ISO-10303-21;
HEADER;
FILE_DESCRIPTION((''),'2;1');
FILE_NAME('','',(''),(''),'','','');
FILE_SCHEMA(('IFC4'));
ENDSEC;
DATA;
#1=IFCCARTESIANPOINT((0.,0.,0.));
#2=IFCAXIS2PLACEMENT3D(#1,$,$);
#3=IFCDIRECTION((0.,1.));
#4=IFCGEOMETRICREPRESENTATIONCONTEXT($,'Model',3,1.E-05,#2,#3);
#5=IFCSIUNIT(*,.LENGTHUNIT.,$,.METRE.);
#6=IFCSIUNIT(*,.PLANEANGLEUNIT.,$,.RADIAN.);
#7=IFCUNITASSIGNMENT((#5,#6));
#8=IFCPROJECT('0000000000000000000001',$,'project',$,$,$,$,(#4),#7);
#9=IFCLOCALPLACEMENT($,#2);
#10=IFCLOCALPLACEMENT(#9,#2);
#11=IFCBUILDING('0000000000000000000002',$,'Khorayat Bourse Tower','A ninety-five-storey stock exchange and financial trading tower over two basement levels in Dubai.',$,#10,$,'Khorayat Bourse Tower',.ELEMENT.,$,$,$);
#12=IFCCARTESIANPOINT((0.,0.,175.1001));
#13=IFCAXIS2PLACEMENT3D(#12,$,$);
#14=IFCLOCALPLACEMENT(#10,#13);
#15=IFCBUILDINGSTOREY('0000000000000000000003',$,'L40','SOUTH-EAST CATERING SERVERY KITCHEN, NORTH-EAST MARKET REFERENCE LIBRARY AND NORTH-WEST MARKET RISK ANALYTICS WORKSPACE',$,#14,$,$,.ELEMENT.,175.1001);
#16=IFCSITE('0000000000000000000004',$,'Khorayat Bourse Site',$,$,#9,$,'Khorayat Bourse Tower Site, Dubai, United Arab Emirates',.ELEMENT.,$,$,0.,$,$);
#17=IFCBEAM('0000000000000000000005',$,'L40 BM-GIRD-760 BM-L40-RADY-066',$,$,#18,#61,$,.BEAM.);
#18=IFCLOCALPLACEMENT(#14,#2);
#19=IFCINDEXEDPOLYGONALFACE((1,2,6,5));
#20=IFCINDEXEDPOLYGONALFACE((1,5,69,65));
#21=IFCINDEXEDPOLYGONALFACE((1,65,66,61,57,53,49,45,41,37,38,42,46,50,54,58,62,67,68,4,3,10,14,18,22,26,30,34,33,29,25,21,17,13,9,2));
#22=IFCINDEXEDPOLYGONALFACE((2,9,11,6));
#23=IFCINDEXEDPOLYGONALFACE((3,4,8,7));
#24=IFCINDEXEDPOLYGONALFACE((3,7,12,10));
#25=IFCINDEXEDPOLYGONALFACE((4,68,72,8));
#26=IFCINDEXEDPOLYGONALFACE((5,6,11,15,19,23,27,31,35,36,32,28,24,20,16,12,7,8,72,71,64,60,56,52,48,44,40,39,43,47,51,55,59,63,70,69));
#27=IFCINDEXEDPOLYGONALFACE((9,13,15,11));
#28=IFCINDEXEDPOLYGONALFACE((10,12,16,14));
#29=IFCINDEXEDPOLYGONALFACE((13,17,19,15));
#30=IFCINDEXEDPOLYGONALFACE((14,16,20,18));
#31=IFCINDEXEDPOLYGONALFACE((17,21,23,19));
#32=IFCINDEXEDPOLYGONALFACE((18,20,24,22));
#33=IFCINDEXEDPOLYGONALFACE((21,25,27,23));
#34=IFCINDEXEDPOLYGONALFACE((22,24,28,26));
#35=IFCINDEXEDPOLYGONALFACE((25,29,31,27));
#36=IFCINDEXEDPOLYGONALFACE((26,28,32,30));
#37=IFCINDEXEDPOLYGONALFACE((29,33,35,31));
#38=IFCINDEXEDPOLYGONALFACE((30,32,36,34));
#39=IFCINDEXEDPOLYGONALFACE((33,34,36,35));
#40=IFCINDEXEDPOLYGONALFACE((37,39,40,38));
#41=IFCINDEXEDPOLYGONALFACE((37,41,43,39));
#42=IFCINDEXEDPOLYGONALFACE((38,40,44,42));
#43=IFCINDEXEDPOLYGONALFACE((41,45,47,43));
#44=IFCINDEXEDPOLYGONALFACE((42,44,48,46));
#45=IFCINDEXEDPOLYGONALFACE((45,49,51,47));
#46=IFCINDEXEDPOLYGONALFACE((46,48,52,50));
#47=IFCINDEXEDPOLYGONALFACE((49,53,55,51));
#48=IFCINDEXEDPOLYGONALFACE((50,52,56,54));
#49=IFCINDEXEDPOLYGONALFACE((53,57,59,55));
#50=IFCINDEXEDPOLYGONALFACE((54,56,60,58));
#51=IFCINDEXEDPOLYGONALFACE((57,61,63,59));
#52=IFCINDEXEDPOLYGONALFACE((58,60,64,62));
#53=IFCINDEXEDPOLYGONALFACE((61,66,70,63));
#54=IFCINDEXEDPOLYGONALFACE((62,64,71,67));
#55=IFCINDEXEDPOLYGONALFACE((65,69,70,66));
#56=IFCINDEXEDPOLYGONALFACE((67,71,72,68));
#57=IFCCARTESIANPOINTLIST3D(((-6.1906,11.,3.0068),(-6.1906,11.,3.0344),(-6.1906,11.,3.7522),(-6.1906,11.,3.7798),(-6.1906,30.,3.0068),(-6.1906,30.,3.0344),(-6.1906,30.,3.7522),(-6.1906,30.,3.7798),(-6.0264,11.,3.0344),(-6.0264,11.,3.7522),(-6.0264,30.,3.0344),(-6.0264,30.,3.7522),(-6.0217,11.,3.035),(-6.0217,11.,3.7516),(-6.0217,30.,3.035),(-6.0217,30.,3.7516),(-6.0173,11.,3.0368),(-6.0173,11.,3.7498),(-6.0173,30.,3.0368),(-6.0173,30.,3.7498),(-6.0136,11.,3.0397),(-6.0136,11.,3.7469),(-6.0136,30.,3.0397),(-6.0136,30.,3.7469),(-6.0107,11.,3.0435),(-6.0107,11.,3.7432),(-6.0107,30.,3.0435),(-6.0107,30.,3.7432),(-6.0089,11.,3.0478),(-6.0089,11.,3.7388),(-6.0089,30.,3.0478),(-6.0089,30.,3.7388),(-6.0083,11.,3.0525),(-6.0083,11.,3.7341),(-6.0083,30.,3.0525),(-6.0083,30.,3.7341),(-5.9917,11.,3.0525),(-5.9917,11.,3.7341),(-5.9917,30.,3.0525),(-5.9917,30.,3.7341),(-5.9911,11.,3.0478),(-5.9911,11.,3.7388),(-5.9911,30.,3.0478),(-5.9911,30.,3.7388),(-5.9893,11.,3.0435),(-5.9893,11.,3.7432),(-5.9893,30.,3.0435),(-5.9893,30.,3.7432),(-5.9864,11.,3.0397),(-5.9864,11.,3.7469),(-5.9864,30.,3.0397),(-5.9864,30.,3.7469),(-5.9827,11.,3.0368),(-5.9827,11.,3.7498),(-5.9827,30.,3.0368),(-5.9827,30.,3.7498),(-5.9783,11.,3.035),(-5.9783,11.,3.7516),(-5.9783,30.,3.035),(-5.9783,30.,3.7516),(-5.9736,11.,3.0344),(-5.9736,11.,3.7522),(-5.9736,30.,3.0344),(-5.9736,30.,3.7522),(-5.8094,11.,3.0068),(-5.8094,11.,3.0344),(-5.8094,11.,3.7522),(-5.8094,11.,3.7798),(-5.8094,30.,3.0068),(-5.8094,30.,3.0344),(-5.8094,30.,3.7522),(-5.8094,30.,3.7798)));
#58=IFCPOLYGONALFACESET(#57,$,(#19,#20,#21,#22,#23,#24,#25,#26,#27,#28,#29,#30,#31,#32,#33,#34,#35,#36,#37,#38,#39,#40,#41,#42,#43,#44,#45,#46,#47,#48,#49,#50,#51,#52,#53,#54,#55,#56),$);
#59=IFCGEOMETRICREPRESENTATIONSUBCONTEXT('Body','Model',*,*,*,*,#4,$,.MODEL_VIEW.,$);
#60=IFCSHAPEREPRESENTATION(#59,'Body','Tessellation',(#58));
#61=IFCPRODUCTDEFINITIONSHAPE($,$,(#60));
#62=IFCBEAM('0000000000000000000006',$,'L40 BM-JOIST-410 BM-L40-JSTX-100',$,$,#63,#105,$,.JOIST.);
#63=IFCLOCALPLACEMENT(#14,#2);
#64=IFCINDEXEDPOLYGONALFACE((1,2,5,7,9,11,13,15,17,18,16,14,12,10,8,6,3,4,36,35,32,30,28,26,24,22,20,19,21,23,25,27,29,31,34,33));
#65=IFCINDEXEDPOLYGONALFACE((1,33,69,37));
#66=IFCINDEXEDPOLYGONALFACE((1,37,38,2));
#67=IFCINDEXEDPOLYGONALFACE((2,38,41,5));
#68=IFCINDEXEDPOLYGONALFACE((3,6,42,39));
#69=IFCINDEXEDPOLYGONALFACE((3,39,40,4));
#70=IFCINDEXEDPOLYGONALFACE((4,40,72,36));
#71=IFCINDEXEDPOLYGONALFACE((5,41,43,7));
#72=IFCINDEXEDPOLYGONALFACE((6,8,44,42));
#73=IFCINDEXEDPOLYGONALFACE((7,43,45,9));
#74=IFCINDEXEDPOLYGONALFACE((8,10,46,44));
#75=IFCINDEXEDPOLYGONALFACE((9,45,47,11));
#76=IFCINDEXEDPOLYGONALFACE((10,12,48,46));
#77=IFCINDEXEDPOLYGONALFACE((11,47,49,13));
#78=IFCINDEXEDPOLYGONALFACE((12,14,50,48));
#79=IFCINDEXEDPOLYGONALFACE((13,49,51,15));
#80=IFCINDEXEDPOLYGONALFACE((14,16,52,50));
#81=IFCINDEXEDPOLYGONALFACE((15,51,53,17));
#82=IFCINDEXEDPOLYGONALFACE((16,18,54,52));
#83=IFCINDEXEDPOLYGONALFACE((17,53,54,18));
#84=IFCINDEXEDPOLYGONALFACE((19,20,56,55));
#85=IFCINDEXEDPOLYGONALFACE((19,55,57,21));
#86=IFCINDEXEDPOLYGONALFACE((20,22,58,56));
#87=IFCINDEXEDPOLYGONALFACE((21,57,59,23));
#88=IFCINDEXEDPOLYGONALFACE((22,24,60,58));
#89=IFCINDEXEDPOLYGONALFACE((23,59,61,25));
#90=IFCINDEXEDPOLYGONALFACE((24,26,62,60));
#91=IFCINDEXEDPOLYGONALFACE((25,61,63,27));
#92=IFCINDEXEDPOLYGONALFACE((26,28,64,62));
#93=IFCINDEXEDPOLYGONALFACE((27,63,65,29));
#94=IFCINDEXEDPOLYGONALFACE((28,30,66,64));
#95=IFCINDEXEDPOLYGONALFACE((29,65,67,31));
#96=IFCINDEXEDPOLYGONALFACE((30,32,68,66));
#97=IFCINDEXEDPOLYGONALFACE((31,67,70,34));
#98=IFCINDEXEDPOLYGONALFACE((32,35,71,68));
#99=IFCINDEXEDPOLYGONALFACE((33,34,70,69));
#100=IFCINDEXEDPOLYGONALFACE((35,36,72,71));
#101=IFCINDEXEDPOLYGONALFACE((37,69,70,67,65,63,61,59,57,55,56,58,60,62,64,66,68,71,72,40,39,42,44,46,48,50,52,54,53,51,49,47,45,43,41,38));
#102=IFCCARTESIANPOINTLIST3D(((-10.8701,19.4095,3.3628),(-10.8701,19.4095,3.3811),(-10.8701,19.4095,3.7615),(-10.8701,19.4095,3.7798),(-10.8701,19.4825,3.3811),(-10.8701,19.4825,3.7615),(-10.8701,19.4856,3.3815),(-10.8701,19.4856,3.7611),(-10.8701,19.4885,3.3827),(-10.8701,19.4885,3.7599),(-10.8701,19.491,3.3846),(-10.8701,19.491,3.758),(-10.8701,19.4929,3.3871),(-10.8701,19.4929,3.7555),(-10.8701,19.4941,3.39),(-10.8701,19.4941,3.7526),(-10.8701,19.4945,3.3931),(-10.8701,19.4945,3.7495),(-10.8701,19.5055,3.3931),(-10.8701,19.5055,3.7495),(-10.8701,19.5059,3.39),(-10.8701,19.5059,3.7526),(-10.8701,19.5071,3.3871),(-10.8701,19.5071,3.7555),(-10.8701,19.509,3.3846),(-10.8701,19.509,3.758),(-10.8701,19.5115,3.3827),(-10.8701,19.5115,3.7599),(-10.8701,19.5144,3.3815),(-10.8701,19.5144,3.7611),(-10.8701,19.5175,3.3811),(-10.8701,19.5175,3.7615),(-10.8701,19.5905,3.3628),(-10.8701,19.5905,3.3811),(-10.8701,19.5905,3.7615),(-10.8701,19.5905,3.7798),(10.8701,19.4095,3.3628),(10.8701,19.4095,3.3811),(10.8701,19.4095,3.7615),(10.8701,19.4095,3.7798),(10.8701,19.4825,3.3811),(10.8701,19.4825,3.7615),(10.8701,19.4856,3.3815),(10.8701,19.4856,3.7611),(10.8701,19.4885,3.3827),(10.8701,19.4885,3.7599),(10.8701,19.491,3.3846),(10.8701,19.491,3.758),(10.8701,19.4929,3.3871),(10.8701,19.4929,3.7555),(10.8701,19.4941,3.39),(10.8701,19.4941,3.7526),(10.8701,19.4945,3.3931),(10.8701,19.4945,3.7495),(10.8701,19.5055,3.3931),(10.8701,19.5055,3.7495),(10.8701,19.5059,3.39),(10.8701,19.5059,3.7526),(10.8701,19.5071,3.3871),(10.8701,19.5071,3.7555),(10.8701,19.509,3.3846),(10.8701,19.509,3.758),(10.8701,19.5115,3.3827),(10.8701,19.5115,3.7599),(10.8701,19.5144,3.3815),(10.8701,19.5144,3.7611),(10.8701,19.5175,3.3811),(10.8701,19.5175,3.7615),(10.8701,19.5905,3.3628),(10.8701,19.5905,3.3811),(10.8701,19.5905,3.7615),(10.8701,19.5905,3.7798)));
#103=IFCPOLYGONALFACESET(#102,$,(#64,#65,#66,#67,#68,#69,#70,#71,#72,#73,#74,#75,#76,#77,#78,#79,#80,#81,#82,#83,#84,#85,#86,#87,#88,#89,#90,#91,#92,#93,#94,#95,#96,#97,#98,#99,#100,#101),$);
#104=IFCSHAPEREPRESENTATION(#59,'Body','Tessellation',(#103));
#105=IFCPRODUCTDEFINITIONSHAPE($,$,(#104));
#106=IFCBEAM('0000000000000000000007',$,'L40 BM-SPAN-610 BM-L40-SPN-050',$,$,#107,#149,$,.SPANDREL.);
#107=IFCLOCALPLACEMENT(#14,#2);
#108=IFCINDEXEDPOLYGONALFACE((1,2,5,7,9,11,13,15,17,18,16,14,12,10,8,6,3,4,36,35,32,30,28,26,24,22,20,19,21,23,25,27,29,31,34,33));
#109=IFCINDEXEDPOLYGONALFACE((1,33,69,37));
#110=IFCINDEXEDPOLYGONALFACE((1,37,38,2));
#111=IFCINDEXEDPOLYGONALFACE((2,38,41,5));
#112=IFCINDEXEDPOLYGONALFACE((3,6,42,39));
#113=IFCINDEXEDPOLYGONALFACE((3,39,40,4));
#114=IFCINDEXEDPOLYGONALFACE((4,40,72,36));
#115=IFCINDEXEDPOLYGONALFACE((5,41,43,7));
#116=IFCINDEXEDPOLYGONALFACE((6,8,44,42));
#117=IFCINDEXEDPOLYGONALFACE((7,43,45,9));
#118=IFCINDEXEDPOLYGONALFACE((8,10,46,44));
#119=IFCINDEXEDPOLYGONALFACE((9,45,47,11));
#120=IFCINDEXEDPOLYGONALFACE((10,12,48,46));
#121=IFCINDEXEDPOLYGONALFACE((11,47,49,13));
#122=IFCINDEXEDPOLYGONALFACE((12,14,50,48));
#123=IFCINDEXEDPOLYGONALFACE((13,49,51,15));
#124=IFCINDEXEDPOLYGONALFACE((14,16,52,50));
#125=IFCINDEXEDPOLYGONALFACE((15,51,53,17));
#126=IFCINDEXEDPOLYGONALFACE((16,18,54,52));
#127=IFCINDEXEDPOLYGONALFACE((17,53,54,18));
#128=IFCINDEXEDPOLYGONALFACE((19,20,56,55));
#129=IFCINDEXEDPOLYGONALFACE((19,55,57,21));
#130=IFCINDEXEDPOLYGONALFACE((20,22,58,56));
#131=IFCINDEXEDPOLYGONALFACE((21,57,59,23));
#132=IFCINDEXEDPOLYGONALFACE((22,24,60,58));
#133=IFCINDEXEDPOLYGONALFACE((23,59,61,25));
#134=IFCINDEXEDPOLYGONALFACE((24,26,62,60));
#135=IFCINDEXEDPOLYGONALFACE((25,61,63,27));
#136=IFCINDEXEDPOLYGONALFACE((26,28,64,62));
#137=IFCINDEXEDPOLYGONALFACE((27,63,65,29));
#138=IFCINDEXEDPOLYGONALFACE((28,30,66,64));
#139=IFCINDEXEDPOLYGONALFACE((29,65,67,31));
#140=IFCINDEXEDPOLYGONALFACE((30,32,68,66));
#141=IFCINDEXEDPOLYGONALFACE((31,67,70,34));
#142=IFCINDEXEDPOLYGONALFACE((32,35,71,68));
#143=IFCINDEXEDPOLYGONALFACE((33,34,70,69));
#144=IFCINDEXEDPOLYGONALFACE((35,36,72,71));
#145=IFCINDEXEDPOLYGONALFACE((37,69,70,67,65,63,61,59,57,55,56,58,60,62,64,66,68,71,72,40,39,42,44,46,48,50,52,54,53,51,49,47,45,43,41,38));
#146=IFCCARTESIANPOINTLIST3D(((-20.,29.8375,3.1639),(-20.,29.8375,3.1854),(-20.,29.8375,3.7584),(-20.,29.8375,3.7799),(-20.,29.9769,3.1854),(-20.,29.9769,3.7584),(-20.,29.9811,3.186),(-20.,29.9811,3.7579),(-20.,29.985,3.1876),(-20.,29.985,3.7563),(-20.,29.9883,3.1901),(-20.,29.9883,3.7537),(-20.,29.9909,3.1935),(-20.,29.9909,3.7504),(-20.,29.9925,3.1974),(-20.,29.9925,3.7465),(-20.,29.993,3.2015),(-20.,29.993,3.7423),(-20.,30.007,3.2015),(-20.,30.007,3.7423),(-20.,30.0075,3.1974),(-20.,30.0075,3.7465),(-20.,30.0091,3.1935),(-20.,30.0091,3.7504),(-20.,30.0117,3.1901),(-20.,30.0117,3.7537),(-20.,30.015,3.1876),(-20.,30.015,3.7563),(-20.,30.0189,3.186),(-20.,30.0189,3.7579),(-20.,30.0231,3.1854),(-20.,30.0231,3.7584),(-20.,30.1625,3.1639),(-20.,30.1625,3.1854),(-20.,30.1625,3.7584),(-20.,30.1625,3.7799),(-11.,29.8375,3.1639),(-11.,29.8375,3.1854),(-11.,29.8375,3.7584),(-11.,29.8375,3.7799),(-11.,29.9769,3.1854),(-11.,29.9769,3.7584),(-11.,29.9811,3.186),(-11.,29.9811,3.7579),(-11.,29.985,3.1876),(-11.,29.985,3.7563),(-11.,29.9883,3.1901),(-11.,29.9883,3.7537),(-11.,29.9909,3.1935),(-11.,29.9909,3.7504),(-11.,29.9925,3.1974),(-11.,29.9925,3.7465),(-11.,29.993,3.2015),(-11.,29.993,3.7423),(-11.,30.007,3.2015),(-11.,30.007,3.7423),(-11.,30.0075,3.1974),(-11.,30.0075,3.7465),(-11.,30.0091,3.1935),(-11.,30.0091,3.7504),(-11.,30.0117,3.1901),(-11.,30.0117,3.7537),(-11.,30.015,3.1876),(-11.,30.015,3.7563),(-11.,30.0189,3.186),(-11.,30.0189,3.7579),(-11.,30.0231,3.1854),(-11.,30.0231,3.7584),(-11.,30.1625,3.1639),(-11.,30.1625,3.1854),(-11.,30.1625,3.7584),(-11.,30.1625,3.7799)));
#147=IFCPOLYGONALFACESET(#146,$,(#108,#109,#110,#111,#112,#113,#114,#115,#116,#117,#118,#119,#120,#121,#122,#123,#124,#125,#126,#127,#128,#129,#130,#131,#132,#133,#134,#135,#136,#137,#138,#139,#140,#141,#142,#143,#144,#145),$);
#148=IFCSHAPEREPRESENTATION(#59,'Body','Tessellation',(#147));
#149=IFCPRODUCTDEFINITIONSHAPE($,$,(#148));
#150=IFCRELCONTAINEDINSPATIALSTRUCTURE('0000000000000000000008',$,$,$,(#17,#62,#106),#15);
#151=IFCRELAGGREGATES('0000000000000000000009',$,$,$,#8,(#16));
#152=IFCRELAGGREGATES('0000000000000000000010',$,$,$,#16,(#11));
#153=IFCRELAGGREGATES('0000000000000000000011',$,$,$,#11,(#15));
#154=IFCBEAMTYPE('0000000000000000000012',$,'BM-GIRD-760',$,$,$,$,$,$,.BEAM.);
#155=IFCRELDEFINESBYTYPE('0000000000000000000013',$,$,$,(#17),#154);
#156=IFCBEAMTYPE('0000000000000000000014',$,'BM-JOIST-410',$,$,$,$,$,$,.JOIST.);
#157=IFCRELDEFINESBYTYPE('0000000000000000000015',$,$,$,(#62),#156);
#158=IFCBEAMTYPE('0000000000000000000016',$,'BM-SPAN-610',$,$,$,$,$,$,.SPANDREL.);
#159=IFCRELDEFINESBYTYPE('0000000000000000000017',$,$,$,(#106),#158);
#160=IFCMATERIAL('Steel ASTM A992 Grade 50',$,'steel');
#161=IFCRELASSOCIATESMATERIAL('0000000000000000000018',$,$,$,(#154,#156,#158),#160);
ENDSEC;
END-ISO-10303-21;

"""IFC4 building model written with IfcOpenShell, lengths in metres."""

from ifc_helpers import new_model, si_unit, direction, frame, origin, origin_2d, place, context, subcontext, project, spatial, i_section, extrude, source, transform, mapped, material, material_profile, profile_set, type_object, element, save


model = new_model("IFC4")

# Units and contexts
model_context = context("Model", 3, precision=1e-05, world=origin(), true_north=direction((0.0, 1.0)))
body_context = subcontext(model_context, "Body", "Model", "MODEL_VIEW")
ifc_project = project(units=[si_unit("LENGTHUNIT", "METRE"), si_unit("PLANEANGLEUNIT", "RADIAN")], contexts=[model_context])

# Site, building, storey
site_placement = place(None, origin())
site = spatial("IfcSite", under=ifc_project, at=site_placement, Name="Khorayat Bourse Site", LongName="Khorayat Bourse Tower Site, Dubai, United Arab Emirates", CompositionType="ELEMENT", RefElevation=0.0)
building_placement = place(site_placement, origin())
building = spatial("IfcBuilding", under=site, at=building_placement, Name="Khorayat Bourse Tower", Description="A ninety-five-storey stock exchange and financial trading tower over two basement levels in Dubai.", LongName="Khorayat Bourse Tower", CompositionType="ELEMENT")
storey_placement = place(building_placement, frame((0.0, 0.0, 175.1001)))
storey = spatial("IfcBuildingStorey", under=building, at=storey_placement, Name="L40", Description="SOUTH-EAST CATERING SERVERY KITCHEN, NORTH-EAST MARKET REFERENCE LIBRARY AND NORTH-WEST MARKET RISK ANALYTICS WORKSPACE", CompositionType="ELEMENT", Elevation=175.1001)

# Beams
ifc_material_1 = material(Name="Steel ASTM A992 Grade 50", Category="steel")
ifc_material_profile_1 = material_profile(ifc_material_1, i_section(OverallWidth=0.3811, OverallDepth=0.7729, WebThickness=0.0166, FlangeThickness=0.0276, FilletRadius=0.0181, at=origin_2d()), Name="W760X257")
ifc_profile_set_1 = profile_set([ifc_material_profile_1], Name="Steel ASTM A992 Grade 50")
beam_type_1 = type_object("IfcBeamType", Name="BM-GIRD-760", PredefinedType="BEAM", material=ifc_profile_set_1)
shared_shape_1 = source(origin(), body_context, "Body", "SweptSolid", [
    extrude(i_section(OverallWidth=0.3811, OverallDepth=0.7729, WebThickness=0.0166, FlangeThickness=0.0276, FilletRadius=0.0181, at=origin_2d()), origin(), (0.0, 0.0, 1.0), 19.0),
])
for number, where, z_axis, x_axis, name in (
    (1, (-6.0, 11.0, 3.3933), (0.0, 1.0, 0.0), (-1.0, 0.0, 0.0), "L40 BM-GIRD-760 BM-L40-RADY-066"),
):
    element("IfcBeam", number, at=place(storey_placement, frame(where, z_axis=z_axis, x_axis=x_axis)), inside=storey, type_object=beam_type_1, Name=name, PredefinedType="BEAM", context=body_context, shape_type="MappedRepresentation", body=[
        mapped(shared_shape_1, transform((0.0, 0.0, 0.0), scale=1.0)),
    ])
ifc_material_profile_2 = material_profile(ifc_material_1, i_section(OverallWidth=0.1809, OverallDepth=0.417, WebThickness=0.011, FlangeThickness=0.0183, FilletRadius=0.012, at=origin_2d()), Name="W410X85")
ifc_profile_set_2 = profile_set([ifc_material_profile_2], Name="Steel ASTM A992 Grade 50")
beam_type_2 = type_object("IfcBeamType", Name="BM-JOIST-410", PredefinedType="JOIST", material=ifc_profile_set_2)
shared_shape_2 = source(origin(), body_context, "Body", "SweptSolid", [
    extrude(i_section(OverallWidth=0.1809, OverallDepth=0.417, WebThickness=0.011, FlangeThickness=0.0183, FilletRadius=0.012, at=origin_2d()), origin(), (0.0, 0.0, 1.0), 21.7402),
])
beam_1_placement = place(storey_placement, frame((-10.8701, 19.5, 3.5713), z_axis=(1.0, 0.0, 0.0), x_axis=(0.0, 1.0, 0.0)))
element("IfcBeam", 2, at=beam_1_placement, inside=storey, type_object=beam_type_2, Name="L40 BM-JOIST-410 BM-L40-JSTX-100", PredefinedType="JOIST", context=body_context, shape_type="MappedRepresentation", body=[
    mapped(shared_shape_2, transform((0.0, 0.0, 0.0), scale=1.0)),
])
ifc_material_profile_3 = material_profile(ifc_material_1, i_section(OverallWidth=0.325, OverallDepth=0.616, WebThickness=0.0139, FlangeThickness=0.0215, FilletRadius=0.0161, at=origin_2d()), Name="W610X174")
ifc_profile_set_3 = profile_set([ifc_material_profile_3], Name="Steel ASTM A992 Grade 50")
beam_type_3 = type_object("IfcBeamType", Name="BM-SPAN-610", PredefinedType="SPANDREL", material=ifc_profile_set_3)
shared_shape_3 = source(origin(), body_context, "Body", "SweptSolid", [
    extrude(i_section(OverallWidth=0.325, OverallDepth=0.616, WebThickness=0.0139, FlangeThickness=0.0215, FilletRadius=0.0161, at=origin_2d()), origin(), (0.0, 0.0, 1.0), 9.0),
])
beam_2_placement = place(storey_placement, frame((-20.0, 30.0, 3.4719), z_axis=(1.0, 0.0, 0.0), x_axis=(0.0, 1.0, 0.0)))
element("IfcBeam", 3, at=beam_2_placement, inside=storey, type_object=beam_type_3, Name="L40 BM-SPAN-610 BM-L40-SPN-050", PredefinedType="SPANDREL", context=body_context, shape_type="MappedRepresentation", body=[
    mapped(shared_shape_3, transform((0.0, 0.0, 0.0), scale=1.0)),
])

save(model, "model.ifc")
